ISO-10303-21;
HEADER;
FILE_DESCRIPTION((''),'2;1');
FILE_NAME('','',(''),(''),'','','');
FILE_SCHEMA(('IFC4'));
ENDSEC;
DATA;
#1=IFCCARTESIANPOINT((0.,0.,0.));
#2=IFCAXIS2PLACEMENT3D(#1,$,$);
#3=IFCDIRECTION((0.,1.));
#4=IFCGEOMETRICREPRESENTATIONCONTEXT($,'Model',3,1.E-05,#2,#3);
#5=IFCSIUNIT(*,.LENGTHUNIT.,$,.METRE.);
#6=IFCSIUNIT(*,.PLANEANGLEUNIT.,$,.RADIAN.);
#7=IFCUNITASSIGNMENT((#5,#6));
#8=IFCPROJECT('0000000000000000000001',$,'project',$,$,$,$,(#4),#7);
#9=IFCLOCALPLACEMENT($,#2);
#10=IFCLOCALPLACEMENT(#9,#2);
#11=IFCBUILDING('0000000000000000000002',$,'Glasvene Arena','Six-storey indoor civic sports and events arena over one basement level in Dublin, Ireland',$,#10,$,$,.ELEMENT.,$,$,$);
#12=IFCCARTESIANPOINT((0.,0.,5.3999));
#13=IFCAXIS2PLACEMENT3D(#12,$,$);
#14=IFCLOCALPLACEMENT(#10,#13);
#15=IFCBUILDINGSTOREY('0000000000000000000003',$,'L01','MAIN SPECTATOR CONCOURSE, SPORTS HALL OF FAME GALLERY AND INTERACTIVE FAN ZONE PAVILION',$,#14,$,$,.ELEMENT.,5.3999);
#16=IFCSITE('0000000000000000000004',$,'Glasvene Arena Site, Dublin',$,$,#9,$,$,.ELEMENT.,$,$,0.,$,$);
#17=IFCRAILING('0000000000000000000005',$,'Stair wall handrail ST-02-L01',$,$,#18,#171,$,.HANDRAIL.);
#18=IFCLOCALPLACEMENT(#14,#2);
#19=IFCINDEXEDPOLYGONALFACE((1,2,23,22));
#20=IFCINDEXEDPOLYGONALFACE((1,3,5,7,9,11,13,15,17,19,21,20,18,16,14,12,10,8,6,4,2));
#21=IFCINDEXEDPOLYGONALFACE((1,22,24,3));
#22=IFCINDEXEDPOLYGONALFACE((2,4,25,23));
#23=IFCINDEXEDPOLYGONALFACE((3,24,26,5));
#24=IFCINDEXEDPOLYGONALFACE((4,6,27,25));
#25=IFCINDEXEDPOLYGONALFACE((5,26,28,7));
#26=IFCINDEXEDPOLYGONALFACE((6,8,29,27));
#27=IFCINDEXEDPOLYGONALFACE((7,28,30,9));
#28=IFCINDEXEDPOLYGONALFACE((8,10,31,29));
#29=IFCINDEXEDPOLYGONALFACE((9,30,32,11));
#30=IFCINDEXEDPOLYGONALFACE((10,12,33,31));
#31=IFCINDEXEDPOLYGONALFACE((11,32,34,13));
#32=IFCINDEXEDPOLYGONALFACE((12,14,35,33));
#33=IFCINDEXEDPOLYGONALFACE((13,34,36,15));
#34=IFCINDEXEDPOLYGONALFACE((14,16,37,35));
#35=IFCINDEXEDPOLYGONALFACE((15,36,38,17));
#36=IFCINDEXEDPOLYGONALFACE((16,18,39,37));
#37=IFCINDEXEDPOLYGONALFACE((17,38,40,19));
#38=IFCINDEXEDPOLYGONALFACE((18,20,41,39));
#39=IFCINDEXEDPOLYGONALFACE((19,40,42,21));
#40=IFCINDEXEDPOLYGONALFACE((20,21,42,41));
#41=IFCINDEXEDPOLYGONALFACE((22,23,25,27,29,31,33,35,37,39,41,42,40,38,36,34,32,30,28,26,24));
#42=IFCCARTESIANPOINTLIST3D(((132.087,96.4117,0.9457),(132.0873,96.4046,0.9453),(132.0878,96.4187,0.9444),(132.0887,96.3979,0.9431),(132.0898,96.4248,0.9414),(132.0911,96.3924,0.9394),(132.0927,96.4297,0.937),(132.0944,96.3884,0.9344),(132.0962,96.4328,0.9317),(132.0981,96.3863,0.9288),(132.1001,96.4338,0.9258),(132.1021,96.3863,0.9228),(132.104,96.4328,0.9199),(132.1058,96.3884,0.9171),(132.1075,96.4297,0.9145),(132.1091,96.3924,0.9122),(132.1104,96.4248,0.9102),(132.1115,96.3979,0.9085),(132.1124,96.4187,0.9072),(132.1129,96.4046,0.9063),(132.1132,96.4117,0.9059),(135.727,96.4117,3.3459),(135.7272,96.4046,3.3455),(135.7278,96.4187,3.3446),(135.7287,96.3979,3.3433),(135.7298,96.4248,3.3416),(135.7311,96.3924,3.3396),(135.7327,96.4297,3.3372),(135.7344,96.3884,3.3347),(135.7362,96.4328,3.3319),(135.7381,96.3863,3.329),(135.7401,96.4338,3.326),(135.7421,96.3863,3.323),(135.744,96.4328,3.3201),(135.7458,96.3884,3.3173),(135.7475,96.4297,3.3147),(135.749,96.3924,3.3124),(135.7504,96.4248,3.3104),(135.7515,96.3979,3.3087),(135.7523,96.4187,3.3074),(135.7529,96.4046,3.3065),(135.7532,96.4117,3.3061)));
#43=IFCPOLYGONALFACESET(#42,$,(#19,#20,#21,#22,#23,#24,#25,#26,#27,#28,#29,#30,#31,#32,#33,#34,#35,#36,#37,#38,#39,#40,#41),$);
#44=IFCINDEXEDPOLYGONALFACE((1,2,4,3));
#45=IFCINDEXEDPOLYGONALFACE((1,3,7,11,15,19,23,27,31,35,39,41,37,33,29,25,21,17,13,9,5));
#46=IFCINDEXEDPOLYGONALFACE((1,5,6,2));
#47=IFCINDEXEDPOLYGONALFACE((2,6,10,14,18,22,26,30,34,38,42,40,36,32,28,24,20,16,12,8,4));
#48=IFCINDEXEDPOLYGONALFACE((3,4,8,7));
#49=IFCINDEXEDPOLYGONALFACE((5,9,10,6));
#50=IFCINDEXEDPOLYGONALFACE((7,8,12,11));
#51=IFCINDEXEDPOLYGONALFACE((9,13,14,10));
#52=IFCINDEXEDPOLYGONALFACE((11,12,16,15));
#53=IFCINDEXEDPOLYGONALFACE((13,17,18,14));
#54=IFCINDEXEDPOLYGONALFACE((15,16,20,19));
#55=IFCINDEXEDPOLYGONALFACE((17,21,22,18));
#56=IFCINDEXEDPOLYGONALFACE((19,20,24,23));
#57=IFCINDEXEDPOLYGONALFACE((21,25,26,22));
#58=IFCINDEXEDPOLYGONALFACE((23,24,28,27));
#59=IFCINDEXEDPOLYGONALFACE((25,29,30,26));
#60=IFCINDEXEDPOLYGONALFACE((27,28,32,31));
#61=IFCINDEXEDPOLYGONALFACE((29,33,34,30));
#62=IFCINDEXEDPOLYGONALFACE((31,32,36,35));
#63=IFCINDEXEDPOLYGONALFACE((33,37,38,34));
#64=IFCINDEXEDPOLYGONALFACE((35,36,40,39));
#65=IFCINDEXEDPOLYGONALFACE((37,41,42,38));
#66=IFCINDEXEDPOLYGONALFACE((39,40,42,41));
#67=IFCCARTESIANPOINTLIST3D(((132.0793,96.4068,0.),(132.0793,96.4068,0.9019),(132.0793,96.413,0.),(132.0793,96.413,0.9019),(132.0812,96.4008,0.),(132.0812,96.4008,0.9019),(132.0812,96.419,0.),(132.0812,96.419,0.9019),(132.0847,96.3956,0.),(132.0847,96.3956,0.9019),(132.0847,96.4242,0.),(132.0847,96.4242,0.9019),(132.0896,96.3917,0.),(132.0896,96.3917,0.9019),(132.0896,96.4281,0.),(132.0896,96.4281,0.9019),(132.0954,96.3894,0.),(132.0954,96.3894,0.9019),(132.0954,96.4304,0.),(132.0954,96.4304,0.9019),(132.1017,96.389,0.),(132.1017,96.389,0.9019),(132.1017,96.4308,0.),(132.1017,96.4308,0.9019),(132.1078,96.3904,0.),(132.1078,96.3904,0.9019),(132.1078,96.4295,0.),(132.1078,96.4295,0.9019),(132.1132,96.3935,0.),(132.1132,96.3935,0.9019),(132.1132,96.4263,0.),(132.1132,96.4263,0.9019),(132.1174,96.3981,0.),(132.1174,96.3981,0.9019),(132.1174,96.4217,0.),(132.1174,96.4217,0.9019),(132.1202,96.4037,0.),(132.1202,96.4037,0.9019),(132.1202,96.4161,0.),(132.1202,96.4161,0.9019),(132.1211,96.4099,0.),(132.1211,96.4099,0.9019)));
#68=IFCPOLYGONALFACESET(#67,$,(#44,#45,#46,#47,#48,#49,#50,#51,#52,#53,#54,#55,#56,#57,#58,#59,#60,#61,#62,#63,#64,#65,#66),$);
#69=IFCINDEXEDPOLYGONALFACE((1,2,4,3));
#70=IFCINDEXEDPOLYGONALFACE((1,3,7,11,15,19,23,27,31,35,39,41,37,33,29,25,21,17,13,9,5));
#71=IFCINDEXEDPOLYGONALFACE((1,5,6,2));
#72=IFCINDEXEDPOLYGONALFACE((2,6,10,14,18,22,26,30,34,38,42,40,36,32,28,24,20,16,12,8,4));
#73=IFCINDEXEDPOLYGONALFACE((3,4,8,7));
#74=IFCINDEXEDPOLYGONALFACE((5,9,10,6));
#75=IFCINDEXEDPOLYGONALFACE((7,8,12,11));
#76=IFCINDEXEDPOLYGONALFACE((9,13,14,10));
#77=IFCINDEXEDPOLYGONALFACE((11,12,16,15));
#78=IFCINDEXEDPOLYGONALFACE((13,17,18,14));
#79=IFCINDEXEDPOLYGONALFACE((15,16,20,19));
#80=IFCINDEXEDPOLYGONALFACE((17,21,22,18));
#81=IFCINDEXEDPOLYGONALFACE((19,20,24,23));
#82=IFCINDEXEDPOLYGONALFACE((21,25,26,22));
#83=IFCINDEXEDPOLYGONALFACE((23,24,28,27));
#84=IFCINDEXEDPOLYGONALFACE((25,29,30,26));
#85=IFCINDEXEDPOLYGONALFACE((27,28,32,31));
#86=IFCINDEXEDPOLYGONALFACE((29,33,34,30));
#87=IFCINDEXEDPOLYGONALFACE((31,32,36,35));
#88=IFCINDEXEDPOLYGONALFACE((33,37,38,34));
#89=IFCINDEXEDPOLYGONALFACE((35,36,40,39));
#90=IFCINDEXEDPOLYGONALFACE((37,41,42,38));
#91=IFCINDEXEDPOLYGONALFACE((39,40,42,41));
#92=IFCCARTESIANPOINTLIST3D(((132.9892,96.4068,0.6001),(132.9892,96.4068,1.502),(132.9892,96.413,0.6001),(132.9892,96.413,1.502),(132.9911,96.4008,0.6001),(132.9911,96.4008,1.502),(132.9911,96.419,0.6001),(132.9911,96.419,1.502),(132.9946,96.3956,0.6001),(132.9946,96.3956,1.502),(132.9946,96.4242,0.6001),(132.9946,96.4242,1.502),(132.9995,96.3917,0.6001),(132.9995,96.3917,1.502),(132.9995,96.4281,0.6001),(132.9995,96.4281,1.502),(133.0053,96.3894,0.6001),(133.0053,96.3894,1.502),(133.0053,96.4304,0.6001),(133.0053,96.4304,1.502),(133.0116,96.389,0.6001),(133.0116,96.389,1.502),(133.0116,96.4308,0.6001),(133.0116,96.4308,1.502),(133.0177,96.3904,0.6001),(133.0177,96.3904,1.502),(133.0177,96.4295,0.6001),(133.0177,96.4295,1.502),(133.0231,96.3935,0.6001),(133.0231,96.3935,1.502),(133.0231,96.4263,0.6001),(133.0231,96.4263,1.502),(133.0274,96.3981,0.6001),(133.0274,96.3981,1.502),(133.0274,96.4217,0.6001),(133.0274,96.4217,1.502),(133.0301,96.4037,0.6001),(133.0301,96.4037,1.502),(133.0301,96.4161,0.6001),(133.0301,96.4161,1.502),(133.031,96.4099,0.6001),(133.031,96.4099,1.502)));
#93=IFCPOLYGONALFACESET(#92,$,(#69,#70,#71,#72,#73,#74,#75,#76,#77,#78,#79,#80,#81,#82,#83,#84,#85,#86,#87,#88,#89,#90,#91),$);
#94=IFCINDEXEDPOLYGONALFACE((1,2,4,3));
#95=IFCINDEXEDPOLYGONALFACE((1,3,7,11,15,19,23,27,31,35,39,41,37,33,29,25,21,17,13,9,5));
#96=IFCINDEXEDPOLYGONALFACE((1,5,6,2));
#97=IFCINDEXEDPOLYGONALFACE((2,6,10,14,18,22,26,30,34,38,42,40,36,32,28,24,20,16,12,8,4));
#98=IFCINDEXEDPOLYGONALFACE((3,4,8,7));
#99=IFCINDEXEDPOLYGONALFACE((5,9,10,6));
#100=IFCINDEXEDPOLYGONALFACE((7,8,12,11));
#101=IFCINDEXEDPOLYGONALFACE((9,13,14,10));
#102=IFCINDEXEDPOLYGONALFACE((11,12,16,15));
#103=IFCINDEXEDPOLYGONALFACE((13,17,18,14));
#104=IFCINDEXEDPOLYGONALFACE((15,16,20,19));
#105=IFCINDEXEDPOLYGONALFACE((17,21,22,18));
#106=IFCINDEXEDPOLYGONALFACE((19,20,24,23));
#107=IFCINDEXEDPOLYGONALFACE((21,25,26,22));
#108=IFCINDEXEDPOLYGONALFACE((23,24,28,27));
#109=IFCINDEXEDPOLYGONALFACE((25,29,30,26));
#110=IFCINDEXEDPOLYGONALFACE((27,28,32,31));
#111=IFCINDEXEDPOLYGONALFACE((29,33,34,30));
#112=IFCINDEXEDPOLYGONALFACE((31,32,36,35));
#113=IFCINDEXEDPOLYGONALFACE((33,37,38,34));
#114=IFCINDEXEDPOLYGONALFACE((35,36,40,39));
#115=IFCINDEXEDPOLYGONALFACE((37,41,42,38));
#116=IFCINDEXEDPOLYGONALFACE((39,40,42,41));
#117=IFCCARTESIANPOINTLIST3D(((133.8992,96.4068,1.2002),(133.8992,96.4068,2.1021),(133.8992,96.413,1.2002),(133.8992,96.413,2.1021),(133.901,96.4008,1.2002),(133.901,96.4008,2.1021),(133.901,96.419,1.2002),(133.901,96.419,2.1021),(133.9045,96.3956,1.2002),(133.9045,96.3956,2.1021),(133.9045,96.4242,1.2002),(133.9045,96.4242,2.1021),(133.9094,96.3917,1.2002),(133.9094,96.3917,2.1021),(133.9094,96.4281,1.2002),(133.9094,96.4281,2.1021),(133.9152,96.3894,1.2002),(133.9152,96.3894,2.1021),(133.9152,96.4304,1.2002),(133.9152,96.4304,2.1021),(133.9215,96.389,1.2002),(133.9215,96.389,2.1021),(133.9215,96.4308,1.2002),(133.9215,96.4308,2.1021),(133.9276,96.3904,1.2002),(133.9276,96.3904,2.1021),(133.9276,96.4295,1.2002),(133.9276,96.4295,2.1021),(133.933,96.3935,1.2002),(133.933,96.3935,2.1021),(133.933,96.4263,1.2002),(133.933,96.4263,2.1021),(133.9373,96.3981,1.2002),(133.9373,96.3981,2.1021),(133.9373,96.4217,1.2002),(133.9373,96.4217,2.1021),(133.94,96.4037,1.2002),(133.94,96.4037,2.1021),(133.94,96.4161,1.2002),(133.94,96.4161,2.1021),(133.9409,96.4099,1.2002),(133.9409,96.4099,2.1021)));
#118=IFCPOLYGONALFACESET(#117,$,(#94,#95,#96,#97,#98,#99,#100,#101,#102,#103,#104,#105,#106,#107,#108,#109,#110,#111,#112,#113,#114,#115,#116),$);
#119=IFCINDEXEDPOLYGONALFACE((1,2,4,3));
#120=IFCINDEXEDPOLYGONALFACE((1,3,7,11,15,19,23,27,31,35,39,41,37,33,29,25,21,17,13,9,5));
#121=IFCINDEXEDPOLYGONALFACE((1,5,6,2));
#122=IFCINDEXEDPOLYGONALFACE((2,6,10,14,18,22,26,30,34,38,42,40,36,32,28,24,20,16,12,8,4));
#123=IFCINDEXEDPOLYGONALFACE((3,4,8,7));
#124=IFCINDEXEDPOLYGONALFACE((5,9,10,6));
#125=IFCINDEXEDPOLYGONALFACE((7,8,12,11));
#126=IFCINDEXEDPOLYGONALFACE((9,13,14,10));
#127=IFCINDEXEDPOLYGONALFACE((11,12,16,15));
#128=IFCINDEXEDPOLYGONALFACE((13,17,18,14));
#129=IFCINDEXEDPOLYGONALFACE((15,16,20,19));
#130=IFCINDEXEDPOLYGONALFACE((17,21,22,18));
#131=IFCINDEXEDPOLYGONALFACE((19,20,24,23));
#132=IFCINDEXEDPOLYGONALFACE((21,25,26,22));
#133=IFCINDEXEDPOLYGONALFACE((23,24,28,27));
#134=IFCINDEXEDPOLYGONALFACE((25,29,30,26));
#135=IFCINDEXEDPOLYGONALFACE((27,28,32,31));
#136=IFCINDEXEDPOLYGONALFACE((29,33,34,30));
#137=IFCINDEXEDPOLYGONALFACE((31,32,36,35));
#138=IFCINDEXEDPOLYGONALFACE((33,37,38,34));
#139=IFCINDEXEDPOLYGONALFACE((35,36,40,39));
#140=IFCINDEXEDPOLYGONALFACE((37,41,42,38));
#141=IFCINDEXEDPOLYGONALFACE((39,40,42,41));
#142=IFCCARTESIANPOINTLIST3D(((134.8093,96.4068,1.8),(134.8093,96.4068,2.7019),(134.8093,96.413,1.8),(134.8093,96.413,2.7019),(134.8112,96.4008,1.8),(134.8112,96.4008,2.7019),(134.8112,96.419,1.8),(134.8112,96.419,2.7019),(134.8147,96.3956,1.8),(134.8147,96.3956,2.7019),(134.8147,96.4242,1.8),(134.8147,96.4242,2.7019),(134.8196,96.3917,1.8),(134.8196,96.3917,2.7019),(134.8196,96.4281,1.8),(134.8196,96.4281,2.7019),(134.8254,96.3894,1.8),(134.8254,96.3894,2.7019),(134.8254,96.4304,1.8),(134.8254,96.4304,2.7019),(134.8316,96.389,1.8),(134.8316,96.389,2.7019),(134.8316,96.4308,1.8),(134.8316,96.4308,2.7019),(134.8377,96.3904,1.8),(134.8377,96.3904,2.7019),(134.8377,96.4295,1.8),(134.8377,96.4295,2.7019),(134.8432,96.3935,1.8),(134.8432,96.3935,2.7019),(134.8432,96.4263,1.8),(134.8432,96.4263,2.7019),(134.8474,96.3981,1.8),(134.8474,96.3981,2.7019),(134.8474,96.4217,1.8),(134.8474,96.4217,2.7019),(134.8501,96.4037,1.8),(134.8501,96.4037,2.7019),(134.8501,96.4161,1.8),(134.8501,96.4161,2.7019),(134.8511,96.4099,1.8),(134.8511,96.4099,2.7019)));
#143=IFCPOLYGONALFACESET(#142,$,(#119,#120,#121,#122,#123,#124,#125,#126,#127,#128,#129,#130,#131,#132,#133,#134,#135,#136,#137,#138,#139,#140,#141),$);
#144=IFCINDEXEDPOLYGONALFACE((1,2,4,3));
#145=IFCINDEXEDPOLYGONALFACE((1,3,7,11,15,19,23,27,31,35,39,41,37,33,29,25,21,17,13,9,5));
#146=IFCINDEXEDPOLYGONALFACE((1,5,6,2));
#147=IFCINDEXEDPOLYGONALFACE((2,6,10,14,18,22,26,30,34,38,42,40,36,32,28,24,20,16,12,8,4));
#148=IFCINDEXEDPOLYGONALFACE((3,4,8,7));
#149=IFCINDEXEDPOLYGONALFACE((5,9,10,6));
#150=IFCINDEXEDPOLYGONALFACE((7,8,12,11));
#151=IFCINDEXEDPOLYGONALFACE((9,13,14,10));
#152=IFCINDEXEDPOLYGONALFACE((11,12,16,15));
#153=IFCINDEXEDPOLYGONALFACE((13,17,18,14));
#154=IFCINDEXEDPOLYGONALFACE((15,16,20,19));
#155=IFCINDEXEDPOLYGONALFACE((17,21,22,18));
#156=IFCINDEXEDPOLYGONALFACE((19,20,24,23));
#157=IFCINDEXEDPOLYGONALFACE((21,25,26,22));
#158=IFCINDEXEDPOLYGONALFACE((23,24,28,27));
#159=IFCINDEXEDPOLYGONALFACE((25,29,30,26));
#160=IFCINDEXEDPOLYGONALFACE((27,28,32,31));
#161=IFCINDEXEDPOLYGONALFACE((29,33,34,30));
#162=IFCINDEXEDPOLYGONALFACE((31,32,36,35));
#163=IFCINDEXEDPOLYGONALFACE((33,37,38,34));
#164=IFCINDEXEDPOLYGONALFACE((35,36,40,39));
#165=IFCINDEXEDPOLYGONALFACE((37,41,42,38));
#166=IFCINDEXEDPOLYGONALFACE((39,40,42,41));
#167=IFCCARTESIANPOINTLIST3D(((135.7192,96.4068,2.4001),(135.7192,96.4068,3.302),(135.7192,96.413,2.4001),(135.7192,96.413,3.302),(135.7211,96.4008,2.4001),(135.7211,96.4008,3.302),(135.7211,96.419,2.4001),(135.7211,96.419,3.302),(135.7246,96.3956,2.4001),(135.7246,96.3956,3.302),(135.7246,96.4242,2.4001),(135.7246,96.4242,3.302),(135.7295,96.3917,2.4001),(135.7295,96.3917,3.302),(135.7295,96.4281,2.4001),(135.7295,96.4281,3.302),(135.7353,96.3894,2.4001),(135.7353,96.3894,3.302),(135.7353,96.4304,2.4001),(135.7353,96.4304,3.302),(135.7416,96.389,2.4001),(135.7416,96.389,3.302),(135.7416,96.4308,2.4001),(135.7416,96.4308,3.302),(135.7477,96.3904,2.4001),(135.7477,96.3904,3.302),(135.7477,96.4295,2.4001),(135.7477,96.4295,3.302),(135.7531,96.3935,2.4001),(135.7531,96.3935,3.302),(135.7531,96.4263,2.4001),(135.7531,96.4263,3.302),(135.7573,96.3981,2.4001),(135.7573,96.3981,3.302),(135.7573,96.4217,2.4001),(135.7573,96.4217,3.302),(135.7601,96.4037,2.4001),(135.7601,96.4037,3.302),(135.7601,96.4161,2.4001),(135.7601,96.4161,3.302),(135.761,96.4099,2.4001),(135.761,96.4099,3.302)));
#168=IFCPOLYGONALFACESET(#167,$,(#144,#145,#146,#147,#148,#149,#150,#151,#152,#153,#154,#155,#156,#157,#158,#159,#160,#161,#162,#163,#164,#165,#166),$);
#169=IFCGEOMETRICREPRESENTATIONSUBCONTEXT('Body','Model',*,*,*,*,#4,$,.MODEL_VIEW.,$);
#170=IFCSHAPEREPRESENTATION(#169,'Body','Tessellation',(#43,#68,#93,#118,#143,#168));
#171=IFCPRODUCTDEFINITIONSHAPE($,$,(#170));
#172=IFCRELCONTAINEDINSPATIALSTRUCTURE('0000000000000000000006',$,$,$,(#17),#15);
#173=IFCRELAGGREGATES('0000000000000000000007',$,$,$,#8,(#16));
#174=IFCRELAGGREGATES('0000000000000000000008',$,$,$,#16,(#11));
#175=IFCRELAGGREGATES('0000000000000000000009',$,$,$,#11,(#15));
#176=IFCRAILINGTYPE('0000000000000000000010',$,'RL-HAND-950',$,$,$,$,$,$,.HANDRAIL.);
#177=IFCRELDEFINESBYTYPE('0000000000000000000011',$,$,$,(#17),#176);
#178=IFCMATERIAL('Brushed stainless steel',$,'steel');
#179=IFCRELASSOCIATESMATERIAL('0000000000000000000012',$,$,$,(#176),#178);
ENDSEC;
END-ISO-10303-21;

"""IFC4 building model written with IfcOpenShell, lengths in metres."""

from ifc_helpers import new_model, si_unit, direction, frame, origin, origin_2d, place, context, subcontext, project, spatial, circle, extrude, material, type_object, element, save


model = new_model("IFC4")

# Units and contexts
model_context = context("Model", 3, precision=1e-05, world=origin(), true_north=direction((0.0, 1.0)))
body_context = subcontext(model_context, "Body", "Model", "MODEL_VIEW")
ifc_project = project(units=[si_unit("LENGTHUNIT", "METRE"), si_unit("PLANEANGLEUNIT", "RADIAN")], contexts=[model_context])

# Site, building, storey
site_placement = place(None, origin())
site = spatial("IfcSite", under=ifc_project, at=site_placement, Name="Glasvene Arena Site, Dublin", CompositionType="ELEMENT", RefElevation=0.0)
building_placement = place(site_placement, origin())
building = spatial("IfcBuilding", under=site, at=building_placement, Name="Glasvene Arena", Description="Six-storey indoor civic sports and events arena over one basement level in Dublin, Ireland", CompositionType="ELEMENT")
storey_placement = place(building_placement, frame((0.0, 0.0, 5.3999)))
storey = spatial("IfcBuildingStorey", under=building, at=storey_placement, Name="L01", Description="MAIN SPECTATOR CONCOURSE, SPORTS HALL OF FAME GALLERY AND INTERACTIVE FAN ZONE PAVILION", CompositionType="ELEMENT", Elevation=5.3999)

# Railing
ifc_material_1 = material(Name="Brushed stainless steel", Category="steel")
railing_type_1 = type_object("IfcRailingType", Name="RL-HAND-950", PredefinedType="HANDRAIL", material=ifc_material_1)
railing_1_placement = place(storey_placement, frame((132.1001, 96.4099, 0.0)))
element("IfcRailing", 1, at=railing_1_placement, inside=storey, type_object=railing_type_1, Name="Stair wall handrail ST-02-L01", PredefinedType="HANDRAIL", context=body_context, shape_type="SweptSolid", body=[
    extrude(circle(Radius=0.0239, at=origin_2d()), frame((0.0, 0.0, 0.9258), z_axis=(0.834839, 0.0, 0.550493), x_axis=(0.0, 1.0, 0.0)), (0.0, 0.0, 1.0), 4.3601),
    extrude(circle(Radius=0.021, at=origin_2d()), origin(), (0.0, 0.0, 1.0), 0.9019),
    extrude(circle(Radius=0.021, at=origin_2d()), frame((0.9099, 0.0, 0.6001)), (0.0, 0.0, 1.0), 0.9019),
    extrude(circle(Radius=0.021, at=origin_2d()), frame((1.8198, 0.0, 1.2002)), (0.0, 0.0, 1.0), 0.9019),
    extrude(circle(Radius=0.021, at=origin_2d()), frame((2.73, 0.0, 1.8)), (0.0, 0.0, 1.0), 0.9019),
    extrude(circle(Radius=0.021, at=origin_2d()), frame((3.6399, 0.0, 2.4001)), (0.0, 0.0, 1.0), 0.9019),
])

save(model, "model.ifc")
